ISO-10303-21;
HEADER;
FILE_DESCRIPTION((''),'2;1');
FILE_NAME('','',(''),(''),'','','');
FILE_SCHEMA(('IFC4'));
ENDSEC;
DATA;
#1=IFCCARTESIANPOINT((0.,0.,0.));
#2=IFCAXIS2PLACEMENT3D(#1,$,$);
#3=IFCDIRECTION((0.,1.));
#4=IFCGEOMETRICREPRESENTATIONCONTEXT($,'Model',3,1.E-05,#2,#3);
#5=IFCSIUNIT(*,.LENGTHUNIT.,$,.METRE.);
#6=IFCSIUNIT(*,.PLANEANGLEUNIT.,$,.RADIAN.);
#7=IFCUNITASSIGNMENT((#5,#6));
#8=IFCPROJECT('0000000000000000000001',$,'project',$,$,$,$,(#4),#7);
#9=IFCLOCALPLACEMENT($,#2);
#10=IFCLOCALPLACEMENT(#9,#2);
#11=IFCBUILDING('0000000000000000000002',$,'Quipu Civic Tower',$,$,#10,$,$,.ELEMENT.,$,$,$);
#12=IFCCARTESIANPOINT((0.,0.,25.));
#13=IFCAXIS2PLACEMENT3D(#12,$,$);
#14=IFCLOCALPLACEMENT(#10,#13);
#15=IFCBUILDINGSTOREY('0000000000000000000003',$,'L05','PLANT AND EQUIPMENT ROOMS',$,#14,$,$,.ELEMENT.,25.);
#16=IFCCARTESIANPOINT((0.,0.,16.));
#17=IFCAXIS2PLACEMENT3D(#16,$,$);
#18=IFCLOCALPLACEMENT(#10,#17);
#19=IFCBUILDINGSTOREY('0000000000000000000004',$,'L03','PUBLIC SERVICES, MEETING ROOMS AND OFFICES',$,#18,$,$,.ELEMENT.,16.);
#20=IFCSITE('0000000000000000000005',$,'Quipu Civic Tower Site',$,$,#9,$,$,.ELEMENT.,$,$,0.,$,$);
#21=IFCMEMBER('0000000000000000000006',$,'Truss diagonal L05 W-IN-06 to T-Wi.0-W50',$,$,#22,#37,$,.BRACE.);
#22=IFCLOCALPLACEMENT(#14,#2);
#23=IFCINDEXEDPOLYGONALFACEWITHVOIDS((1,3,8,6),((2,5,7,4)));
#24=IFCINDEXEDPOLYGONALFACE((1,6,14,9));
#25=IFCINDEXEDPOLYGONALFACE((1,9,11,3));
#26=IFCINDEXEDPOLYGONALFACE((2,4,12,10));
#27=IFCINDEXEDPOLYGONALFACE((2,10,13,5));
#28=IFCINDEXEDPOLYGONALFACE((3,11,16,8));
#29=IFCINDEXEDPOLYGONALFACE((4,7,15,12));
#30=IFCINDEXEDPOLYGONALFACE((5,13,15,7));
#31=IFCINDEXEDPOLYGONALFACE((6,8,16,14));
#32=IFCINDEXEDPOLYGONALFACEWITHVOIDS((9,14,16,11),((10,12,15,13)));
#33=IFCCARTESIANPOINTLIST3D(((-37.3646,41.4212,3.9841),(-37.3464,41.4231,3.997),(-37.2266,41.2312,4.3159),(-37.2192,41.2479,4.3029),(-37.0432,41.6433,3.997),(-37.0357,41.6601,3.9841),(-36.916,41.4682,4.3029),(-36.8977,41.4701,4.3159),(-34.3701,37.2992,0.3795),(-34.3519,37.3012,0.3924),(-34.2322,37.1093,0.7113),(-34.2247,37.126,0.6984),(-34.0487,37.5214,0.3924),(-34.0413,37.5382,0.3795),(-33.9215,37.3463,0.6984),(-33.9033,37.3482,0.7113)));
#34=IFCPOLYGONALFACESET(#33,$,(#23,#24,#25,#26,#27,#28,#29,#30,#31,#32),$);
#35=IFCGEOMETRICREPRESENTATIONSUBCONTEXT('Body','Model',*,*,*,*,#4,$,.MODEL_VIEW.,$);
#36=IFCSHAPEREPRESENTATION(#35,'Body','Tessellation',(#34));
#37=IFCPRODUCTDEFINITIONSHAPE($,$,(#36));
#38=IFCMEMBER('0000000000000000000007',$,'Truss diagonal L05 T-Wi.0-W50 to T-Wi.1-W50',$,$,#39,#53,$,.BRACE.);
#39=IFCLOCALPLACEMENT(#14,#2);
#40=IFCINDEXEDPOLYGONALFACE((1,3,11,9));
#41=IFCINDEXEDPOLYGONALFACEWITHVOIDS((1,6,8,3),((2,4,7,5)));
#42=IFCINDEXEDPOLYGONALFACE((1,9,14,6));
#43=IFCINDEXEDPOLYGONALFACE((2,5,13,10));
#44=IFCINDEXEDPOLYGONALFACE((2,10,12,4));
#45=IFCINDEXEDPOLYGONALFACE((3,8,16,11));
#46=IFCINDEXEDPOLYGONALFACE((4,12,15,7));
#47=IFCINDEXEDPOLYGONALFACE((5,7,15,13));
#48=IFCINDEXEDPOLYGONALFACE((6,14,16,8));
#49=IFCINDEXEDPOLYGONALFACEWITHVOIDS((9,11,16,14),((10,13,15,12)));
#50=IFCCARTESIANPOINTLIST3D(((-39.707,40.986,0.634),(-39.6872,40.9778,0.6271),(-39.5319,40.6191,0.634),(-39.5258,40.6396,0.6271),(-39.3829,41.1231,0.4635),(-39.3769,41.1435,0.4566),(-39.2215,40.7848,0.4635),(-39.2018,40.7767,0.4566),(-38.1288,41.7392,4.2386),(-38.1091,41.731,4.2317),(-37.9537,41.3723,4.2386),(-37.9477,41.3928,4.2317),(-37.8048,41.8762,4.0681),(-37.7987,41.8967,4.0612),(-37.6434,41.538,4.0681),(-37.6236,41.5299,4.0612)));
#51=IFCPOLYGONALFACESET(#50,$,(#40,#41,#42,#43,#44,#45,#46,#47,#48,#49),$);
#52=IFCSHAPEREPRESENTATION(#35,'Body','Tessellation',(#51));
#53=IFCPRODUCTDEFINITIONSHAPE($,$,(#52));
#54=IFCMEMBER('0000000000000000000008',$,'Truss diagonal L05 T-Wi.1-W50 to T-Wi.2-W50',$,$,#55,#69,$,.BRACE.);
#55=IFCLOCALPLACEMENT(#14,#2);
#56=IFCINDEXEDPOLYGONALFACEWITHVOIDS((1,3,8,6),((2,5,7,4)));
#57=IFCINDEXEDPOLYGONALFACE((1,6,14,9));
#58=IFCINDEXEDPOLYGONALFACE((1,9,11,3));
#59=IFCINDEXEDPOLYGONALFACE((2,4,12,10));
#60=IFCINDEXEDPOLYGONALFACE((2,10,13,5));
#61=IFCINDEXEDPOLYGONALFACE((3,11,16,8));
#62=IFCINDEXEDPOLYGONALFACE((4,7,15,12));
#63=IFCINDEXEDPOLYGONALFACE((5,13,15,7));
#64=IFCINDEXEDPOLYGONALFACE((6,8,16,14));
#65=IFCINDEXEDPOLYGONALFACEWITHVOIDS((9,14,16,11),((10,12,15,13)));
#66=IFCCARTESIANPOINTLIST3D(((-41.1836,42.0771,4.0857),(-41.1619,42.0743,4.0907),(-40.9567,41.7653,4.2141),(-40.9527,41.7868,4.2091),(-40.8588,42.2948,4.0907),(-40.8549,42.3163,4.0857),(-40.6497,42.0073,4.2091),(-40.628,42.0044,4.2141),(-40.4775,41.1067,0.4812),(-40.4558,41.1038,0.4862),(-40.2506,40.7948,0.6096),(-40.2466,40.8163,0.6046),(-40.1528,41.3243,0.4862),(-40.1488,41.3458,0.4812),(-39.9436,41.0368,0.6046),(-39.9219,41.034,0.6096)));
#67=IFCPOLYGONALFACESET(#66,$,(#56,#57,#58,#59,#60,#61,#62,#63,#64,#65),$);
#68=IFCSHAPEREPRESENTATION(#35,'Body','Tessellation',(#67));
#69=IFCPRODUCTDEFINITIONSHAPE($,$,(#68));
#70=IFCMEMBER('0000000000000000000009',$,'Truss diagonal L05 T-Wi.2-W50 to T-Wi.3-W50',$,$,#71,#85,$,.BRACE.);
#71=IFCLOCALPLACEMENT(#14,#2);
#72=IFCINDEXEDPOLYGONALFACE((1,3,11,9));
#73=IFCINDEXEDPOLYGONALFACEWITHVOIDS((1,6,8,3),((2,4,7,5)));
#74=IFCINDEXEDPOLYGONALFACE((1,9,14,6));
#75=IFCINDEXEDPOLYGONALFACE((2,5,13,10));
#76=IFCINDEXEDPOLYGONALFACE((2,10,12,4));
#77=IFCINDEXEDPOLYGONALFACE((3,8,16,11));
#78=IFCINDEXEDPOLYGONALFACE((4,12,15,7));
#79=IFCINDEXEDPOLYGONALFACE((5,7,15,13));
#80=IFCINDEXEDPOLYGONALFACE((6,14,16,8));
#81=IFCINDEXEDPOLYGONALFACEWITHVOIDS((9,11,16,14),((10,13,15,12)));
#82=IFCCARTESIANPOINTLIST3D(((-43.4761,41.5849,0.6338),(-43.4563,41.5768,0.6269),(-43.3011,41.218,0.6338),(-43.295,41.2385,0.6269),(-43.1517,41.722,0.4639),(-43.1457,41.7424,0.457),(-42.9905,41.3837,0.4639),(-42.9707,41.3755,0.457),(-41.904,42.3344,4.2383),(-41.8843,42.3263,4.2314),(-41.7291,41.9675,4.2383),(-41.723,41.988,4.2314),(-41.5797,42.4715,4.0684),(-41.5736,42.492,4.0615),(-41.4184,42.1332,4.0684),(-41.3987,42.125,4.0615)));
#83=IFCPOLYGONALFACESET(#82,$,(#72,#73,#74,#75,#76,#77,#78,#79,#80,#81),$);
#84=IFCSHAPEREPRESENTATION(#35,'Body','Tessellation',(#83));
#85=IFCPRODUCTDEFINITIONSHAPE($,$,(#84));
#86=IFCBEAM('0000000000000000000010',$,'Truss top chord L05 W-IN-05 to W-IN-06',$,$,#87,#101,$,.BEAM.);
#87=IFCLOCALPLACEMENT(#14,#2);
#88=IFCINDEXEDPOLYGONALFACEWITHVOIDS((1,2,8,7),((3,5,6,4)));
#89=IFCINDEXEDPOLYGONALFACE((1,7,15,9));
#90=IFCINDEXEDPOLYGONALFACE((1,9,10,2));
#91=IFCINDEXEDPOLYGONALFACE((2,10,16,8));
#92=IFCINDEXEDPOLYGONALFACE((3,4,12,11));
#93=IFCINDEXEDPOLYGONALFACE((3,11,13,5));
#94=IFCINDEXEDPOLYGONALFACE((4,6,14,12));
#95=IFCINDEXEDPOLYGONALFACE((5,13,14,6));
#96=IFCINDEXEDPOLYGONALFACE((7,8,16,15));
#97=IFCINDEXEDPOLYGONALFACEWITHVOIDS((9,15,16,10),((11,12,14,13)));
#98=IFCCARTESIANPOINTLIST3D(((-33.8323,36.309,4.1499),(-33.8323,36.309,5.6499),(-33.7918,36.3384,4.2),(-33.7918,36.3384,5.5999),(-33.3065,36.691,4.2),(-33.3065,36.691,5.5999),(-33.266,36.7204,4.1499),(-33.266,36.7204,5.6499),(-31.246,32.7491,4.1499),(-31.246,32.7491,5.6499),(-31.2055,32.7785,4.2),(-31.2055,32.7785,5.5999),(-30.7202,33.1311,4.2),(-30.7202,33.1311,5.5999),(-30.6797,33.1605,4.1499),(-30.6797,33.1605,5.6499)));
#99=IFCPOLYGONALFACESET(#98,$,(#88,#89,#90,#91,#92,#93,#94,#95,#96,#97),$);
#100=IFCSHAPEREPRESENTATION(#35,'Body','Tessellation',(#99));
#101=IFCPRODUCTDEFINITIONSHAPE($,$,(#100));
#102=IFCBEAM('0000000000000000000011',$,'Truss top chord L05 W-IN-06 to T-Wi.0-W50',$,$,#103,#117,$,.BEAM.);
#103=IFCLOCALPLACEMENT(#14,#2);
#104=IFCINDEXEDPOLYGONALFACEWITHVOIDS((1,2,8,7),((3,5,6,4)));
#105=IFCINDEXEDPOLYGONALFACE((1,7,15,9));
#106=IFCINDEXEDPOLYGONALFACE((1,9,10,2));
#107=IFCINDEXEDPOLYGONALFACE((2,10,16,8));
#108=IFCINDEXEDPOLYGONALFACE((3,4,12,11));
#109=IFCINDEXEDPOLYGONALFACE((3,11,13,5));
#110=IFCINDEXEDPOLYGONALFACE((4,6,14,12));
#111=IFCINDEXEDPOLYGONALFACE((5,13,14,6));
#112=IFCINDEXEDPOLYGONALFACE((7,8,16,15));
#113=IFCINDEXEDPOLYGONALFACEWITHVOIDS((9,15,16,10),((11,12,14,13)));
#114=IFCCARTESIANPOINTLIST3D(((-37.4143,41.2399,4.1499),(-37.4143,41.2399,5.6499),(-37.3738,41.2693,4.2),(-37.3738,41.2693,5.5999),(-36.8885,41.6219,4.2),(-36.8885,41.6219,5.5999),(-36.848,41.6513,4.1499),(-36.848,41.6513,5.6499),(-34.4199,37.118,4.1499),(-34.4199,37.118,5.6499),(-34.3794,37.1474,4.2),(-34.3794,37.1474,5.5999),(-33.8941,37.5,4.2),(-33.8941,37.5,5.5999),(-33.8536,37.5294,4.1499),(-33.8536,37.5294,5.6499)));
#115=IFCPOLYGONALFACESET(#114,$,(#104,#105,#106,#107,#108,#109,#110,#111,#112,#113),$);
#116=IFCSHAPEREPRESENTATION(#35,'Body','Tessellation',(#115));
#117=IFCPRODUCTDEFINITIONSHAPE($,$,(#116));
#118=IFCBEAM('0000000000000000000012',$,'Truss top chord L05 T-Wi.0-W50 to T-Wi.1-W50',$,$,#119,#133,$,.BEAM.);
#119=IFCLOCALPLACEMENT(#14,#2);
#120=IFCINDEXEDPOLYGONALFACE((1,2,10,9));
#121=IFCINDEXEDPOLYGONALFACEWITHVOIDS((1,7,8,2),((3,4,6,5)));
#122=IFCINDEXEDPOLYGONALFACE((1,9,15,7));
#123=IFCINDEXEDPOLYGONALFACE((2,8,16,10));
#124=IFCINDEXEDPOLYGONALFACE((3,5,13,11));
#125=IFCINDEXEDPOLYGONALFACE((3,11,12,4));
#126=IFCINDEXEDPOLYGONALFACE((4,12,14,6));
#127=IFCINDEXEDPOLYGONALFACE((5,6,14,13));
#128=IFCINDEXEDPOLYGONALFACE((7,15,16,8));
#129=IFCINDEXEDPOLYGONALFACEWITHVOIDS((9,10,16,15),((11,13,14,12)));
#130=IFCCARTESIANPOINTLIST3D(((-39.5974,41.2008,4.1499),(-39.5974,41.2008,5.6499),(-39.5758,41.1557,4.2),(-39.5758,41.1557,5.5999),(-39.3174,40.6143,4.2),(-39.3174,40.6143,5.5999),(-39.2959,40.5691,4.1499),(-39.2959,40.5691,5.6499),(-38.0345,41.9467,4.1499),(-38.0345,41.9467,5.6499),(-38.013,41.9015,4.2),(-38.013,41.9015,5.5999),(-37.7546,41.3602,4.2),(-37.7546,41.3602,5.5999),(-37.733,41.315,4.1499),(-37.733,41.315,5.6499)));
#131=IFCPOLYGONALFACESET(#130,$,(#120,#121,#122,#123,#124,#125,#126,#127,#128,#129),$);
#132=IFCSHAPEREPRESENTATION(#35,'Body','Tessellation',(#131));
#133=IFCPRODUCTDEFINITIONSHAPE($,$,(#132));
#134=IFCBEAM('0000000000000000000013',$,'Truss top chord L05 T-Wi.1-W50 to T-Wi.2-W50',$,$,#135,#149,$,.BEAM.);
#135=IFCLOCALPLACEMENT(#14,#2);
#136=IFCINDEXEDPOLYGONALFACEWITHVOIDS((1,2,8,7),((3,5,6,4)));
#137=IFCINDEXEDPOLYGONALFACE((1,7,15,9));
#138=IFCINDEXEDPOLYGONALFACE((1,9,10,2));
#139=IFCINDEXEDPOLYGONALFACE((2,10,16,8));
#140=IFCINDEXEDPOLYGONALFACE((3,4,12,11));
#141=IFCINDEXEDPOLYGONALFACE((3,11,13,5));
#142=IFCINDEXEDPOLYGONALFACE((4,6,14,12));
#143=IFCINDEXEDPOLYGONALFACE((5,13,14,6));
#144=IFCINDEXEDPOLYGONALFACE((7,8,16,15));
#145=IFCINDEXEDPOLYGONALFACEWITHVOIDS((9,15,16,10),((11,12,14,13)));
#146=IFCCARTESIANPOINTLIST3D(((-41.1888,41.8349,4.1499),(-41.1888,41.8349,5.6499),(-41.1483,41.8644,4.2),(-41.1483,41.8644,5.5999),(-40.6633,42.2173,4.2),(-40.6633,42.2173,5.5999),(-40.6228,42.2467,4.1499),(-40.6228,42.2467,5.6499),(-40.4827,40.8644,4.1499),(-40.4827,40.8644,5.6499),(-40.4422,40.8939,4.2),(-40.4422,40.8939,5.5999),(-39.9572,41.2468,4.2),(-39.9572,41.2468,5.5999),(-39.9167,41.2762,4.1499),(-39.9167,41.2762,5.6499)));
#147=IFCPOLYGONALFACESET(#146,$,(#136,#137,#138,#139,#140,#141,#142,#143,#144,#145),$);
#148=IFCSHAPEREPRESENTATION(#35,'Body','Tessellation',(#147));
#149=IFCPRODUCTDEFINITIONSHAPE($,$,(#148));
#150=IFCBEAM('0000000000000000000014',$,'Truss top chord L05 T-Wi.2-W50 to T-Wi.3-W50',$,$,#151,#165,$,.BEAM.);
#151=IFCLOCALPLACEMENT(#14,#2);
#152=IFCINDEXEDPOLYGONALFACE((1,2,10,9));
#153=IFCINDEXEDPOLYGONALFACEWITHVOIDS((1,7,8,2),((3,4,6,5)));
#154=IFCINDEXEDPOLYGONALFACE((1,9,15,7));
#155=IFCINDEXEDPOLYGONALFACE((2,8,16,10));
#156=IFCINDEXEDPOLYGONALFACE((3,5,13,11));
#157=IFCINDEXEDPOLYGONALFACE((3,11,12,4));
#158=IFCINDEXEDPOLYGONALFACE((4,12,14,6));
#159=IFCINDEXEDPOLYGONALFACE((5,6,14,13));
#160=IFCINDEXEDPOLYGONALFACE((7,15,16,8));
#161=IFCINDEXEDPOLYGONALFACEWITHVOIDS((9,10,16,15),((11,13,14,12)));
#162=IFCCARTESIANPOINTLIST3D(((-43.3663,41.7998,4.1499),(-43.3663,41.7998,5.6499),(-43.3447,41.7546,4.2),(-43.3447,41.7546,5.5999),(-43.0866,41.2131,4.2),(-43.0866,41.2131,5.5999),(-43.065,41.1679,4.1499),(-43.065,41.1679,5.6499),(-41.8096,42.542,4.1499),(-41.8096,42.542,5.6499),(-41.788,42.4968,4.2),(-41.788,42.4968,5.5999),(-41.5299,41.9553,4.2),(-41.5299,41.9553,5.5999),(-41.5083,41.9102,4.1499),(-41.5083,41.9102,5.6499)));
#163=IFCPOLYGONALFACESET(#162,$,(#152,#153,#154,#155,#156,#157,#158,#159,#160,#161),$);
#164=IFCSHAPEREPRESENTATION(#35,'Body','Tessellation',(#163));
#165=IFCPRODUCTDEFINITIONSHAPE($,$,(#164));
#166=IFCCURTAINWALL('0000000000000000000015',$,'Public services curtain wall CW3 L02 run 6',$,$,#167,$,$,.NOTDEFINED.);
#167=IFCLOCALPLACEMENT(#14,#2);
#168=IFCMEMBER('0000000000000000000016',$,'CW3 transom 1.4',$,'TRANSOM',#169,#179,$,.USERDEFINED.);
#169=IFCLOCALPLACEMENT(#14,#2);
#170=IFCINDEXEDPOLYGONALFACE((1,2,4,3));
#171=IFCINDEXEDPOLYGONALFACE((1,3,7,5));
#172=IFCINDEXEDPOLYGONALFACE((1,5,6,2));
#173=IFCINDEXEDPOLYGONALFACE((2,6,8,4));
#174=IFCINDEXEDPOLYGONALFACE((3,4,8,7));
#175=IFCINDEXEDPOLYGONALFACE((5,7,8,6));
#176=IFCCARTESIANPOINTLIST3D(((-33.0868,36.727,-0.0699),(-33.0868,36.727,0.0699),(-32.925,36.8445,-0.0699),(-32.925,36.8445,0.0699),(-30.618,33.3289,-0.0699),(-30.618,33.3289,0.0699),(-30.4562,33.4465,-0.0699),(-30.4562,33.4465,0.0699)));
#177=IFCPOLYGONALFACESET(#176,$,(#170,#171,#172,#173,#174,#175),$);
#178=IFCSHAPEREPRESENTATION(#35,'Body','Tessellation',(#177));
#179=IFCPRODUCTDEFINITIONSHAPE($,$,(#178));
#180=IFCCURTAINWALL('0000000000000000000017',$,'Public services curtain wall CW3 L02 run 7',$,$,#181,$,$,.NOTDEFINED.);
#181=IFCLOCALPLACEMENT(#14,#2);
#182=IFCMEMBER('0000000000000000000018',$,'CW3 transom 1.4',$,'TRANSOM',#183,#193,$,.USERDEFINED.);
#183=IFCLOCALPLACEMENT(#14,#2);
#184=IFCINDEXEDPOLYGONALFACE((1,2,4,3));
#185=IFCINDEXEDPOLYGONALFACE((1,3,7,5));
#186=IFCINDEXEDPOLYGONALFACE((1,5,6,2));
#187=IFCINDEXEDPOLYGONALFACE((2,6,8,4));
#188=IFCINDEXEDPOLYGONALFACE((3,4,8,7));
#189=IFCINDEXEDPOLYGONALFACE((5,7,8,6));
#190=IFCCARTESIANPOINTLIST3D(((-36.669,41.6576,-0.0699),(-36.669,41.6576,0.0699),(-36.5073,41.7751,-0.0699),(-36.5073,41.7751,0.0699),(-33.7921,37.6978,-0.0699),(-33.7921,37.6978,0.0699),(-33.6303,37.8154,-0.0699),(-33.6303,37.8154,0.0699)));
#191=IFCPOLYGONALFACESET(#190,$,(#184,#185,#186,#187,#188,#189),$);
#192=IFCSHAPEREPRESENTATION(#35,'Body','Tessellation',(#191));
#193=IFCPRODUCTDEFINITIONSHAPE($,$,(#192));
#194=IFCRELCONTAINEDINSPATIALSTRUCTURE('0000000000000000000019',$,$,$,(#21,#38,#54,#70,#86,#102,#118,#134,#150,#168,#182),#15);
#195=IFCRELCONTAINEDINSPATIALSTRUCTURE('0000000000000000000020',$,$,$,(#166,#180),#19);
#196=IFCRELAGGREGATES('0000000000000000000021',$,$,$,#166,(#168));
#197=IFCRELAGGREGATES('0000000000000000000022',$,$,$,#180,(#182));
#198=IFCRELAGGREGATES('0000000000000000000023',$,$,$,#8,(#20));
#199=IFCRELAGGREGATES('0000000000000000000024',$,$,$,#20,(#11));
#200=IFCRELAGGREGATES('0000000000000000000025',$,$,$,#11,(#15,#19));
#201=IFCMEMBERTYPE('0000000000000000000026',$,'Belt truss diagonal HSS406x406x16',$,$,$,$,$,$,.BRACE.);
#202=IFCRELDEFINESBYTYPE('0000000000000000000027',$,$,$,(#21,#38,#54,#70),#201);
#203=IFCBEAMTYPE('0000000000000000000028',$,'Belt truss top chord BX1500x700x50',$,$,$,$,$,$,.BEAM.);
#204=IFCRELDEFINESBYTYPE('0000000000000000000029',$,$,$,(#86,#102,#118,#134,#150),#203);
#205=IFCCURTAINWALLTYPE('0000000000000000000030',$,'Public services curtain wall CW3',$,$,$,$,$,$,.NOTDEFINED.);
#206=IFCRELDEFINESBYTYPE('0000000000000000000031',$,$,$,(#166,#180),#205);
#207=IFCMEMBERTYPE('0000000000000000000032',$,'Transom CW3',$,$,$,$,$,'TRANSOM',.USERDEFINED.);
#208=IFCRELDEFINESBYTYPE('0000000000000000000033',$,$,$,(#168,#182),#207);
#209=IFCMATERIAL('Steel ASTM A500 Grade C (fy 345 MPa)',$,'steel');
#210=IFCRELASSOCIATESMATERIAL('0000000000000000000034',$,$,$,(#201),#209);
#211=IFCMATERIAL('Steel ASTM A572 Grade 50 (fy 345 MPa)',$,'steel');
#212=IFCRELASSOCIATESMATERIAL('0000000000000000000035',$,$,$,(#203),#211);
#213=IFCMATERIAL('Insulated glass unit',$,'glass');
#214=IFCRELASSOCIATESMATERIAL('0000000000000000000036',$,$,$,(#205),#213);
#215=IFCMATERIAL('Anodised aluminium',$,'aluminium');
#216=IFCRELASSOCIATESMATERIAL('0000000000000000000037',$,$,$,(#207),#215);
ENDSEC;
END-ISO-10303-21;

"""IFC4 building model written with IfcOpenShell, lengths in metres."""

from ifc_helpers import new_model, si_unit, direction, frame, origin, origin_2d, place, context, subcontext, project, spatial, rectangle, hollow_rectangle, extrude, material, material_profile, profile_set, type_object, element, aggregate, save


model = new_model("IFC4")

# Units and contexts
model_context = context("Model", 3, precision=1e-05, world=origin(), true_north=direction((0.0, 1.0)))
body_context = subcontext(model_context, "Body", "Model", "MODEL_VIEW")
ifc_project = project(units=[si_unit("LENGTHUNIT", "METRE"), si_unit("PLANEANGLEUNIT", "RADIAN")], contexts=[model_context])

# Site, building, storey
site_placement = place(None, origin())
site = spatial("IfcSite", under=ifc_project, at=site_placement, Name="Quipu Civic Tower Site", CompositionType="ELEMENT", RefElevation=0.0)
building_placement = place(site_placement, origin())
building = spatial("IfcBuilding", under=site, at=building_placement, Name="Quipu Civic Tower", CompositionType="ELEMENT")
storey_1_placement = place(building_placement, frame((0.0, 0.0, 25.0)))
storey_1 = spatial("IfcBuildingStorey", under=building, at=storey_1_placement, Name="L05", Description="PLANT AND EQUIPMENT ROOMS", CompositionType="ELEMENT", Elevation=25.0)

# Members
ifc_material_1 = material(Name="Steel ASTM A500 Grade C (fy 345 MPa)", Category="steel")
ifc_material_profile_1 = material_profile(ifc_material_1, hollow_rectangle(XDim=0.4065, YDim=0.4065, WallThickness=0.0159, at=origin_2d()), Name="HSS406x406x16")
ifc_profile_set_1 = profile_set([ifc_material_profile_1], Name="Steel ASTM A500 Grade C (fy 345 MPa)")
member_type_1 = type_object("IfcMemberType", Name="Belt truss diagonal HSS406x406x16", PredefinedType="BRACE", material=ifc_profile_set_1)
member_1_placement = place(storey_1_placement, frame((-34.1367, 37.3237, 0.5454), z_axis=(-0.479804, 0.66046, 0.577565), x_axis=(-0.809045, -0.587747, 0.0)))
element("IfcMember", 1, at=member_1_placement, inside=storey_1, type_object=member_type_1, Name="Truss diagonal L05 W-IN-06 to T-Wi.0-W50", PredefinedType="BRACE", context=body_context, shape_type="SweptSolid", body=[
    extrude(hollow_rectangle(XDim=0.4065, YDim=0.4065, WallThickness=0.0159, at=origin_2d()), origin(), (0.0, 0.0, 1.0), 6.241),
])
member_2_placement = place(storey_1_placement, frame((-37.8762, 41.6345, 4.1499), z_axis=(-0.393915, -0.187999, -0.899715), x_axis=(0.430719, -0.902486, 0.0)))
element("IfcMember", 2, at=member_2_placement, inside=storey_1, type_object=member_type_1, Name="Truss diagonal L05 T-Wi.0-W50 to T-Wi.1-W50", PredefinedType="BRACE", context=body_context, shape_type="SweptSolid", body=[
    extrude(hollow_rectangle(XDim=0.4065, YDim=0.4065, WallThickness=0.0159, at=origin_2d()), origin(), (0.0, 0.0, 1.0), 4.0063),
])
member_3_placement = place(storey_1_placement, frame((-40.1997, 41.0703, 0.5454), z_axis=(-0.185851, 0.255449, 0.948791), x_axis=(-0.808631, -0.588317, 0.0)))
element("IfcMember", 3, at=member_3_placement, inside=storey_1, type_object=member_type_1, Name="Truss diagonal L05 T-Wi.1-W50 to T-Wi.2-W50", PredefinedType="BRACE", context=body_context, shape_type="SweptSolid", body=[
    extrude(hollow_rectangle(XDim=0.4065, YDim=0.4065, WallThickness=0.0159, at=origin_2d()), origin(), (0.0, 0.0, 1.0), 3.7991),
])
member_4_placement = place(storey_1_placement, frame((-41.6514, 42.2297, 4.1499), z_axis=(-0.392694, -0.187229, -0.900409), x_axis=(0.430369, -0.902653, 0.0)))
element("IfcMember", 4, at=member_4_placement, inside=storey_1, type_object=member_type_1, Name="Truss diagonal L05 T-Wi.2-W50 to T-Wi.3-W50", PredefinedType="BRACE", context=body_context, shape_type="SweptSolid", body=[
    extrude(hollow_rectangle(XDim=0.4065, YDim=0.4065, WallThickness=0.0159, at=origin_2d()), origin(), (0.0, 0.0, 1.0), 4.0032),
])

# Beams
ifc_material_2 = material(Name="Steel ASTM A572 Grade 50 (fy 345 MPa)", Category="steel")
ifc_material_profile_2 = material_profile(ifc_material_2, hollow_rectangle(XDim=0.7, YDim=1.5, WallThickness=0.05, at=origin_2d()), Name="BX1500x700x50")
ifc_profile_set_2 = profile_set([ifc_material_profile_2], Name="Steel ASTM A572 Grade 50 (fy 345 MPa)")
beam_type_1 = type_object("IfcBeamType", Name="Belt truss top chord BX1500x700x50", PredefinedType="BEAM", material=ifc_profile_set_2)
beam_1_placement = place(storey_1_placement, frame((-30.9629, 32.9548, 4.8999), z_axis=(-0.587759, 0.809036, 0.0), x_axis=(-0.809036, -0.587759, 0.0)))
element("IfcBeam", 5, at=beam_1_placement, inside=storey_1, type_object=beam_type_1, Name="Truss top chord L05 W-IN-05 to W-IN-06", PredefinedType="BEAM", context=body_context, shape_type="SweptSolid", body=[
    extrude(hollow_rectangle(XDim=0.7, YDim=1.5, WallThickness=0.05, at=origin_2d()), origin(), (0.0, 0.0, 1.0), 4.4001),
])
beam_2_placement = place(storey_1_placement, frame((-34.1367, 37.3237, 4.8999), z_axis=(-0.587747, 0.809045, 0.0), x_axis=(-0.809045, -0.587747, 0.0)))
element("IfcBeam", 6, at=beam_2_placement, inside=storey_1, type_object=beam_type_1, Name="Truss top chord L05 W-IN-06 to T-Wi.0-W50", PredefinedType="BEAM", context=body_context, shape_type="SweptSolid", body=[
    extrude(hollow_rectangle(XDim=0.7, YDim=1.5, WallThickness=0.05, at=origin_2d()), origin(), (0.0, 0.0, 1.0), 5.0947),
])
beam_3_placement = place(storey_1_placement, frame((-37.8838, 41.6309, 4.8999), z_axis=(-0.902482, -0.430727, 0.0), x_axis=(0.430727, -0.902482, 0.0)))
element("IfcBeam", 7, at=beam_3_placement, inside=storey_1, type_object=beam_type_1, Name="Truss top chord L05 T-Wi.0-W50 to T-Wi.1-W50", PredefinedType="BEAM", context=body_context, shape_type="SweptSolid", body=[
    extrude(hollow_rectangle(XDim=0.7, YDim=1.5, WallThickness=0.05, at=origin_2d()), origin(), (0.0, 0.0, 1.0), 1.7317),
])
beam_4_placement = place(storey_1_placement, frame((-40.1997, 41.0703, 4.8999), z_axis=(-0.588317, 0.808631, 0.0), x_axis=(-0.808631, -0.588317, 0.0)))
element("IfcBeam", 8, at=beam_4_placement, inside=storey_1, type_object=beam_type_1, Name="Truss top chord L05 T-Wi.1-W50 to T-Wi.2-W50", PredefinedType="BEAM", context=body_context, shape_type="SweptSolid", body=[
    extrude(hollow_rectangle(XDim=0.7, YDim=1.5, WallThickness=0.05, at=origin_2d()), origin(), (0.0, 0.0, 1.0), 1.2002),
])
beam_5_placement = place(storey_1_placement, frame((-41.6589, 42.2261, 4.8999), z_axis=(-0.902651, -0.430373, 0.0), x_axis=(0.430373, -0.902651, 0.0)))
element("IfcBeam", 9, at=beam_5_placement, inside=storey_1, type_object=beam_type_1, Name="Truss top chord L05 T-Wi.2-W50 to T-Wi.3-W50", PredefinedType="BEAM", context=body_context, shape_type="SweptSolid", body=[
    extrude(hollow_rectangle(XDim=0.7, YDim=1.5, WallThickness=0.05, at=origin_2d()), origin(), (0.0, 0.0, 1.0), 1.7246),
])

# Shared definitions
storey_2_placement = place(building_placement, frame((0.0, 0.0, 16.0)))
storey_2 = spatial("IfcBuildingStorey", under=building, at=storey_2_placement, Name="L03", Description="PUBLIC SERVICES, MEETING ROOMS AND OFFICES", CompositionType="ELEMENT", Elevation=16.0)

# Curtain walls, members
ifc_material_3 = material(Name="Insulated glass unit", Category="glass")
curtain_wall_type = type_object("IfcCurtainWallType", Name="Public services curtain wall CW3", PredefinedType="NOTDEFINED", material=ifc_material_3)
curtain_wall_1_placement = place(storey_2_placement, origin())
curtain_wall_1 = element("IfcCurtainWall", 10, at=curtain_wall_1_placement, inside=storey_2, type_object=curtain_wall_type, Name="Public services curtain wall CW3 L02 run 6", PredefinedType="NOTDEFINED")
ifc_material_4 = material(Name="Anodised aluminium", Category="aluminium")
ifc_material_profile_3 = material_profile(ifc_material_4, rectangle(XDim=0.2, YDim=0.1399, at=origin_2d()), Name="RECT 200x140")
ifc_profile_set_3 = profile_set([ifc_material_profile_3], Name="Anodised aluminium")
member_type_2 = type_object("IfcMemberType", Name="Transom CW3", ElementType="TRANSOM", PredefinedType="USERDEFINED", material=ifc_profile_set_3)
member_5_placement = place(storey_1_placement, frame((-30.5371, 33.3877, 0.0), z_axis=(-0.587785, 0.809018, 0.0), x_axis=(-0.809018, -0.587785, 0.0)))
member_5 = element("IfcMember", 11, at=member_5_placement, inside=storey_1, type_object=member_type_2, Name="CW3 transom 1.4", ObjectType="TRANSOM", PredefinedType="USERDEFINED", context=body_context, shape_type="SweptSolid", body=[
    extrude(rectangle(XDim=0.2, YDim=0.1399, at=origin_2d()), origin(), (0.0, 0.0, 1.0), 4.2002),
])
aggregate(curtain_wall_1, [member_5])
curtain_wall_2_placement = place(storey_2_placement, origin())
curtain_wall_2 = element("IfcCurtainWall", 12, at=curtain_wall_2_placement, inside=storey_2, type_object=curtain_wall_type, Name="Public services curtain wall CW3 L02 run 7", PredefinedType="NOTDEFINED")
member_6_placement = place(storey_1_placement, frame((-33.7112, 37.7566, 0.0), z_axis=(-0.587792, 0.809012, 0.0), x_axis=(-0.809012, -0.587792, 0.0)))
member_6 = element("IfcMember", 13, at=member_6_placement, inside=storey_1, type_object=member_type_2, Name="CW3 transom 1.4", ObjectType="TRANSOM", PredefinedType="USERDEFINED", context=body_context, shape_type="SweptSolid", body=[
    extrude(rectangle(XDim=0.2, YDim=0.1399, at=origin_2d()), origin(), (0.0, 0.0, 1.0), 4.8945),
])
aggregate(curtain_wall_2, [member_6])

save(model, "model.ifc")
